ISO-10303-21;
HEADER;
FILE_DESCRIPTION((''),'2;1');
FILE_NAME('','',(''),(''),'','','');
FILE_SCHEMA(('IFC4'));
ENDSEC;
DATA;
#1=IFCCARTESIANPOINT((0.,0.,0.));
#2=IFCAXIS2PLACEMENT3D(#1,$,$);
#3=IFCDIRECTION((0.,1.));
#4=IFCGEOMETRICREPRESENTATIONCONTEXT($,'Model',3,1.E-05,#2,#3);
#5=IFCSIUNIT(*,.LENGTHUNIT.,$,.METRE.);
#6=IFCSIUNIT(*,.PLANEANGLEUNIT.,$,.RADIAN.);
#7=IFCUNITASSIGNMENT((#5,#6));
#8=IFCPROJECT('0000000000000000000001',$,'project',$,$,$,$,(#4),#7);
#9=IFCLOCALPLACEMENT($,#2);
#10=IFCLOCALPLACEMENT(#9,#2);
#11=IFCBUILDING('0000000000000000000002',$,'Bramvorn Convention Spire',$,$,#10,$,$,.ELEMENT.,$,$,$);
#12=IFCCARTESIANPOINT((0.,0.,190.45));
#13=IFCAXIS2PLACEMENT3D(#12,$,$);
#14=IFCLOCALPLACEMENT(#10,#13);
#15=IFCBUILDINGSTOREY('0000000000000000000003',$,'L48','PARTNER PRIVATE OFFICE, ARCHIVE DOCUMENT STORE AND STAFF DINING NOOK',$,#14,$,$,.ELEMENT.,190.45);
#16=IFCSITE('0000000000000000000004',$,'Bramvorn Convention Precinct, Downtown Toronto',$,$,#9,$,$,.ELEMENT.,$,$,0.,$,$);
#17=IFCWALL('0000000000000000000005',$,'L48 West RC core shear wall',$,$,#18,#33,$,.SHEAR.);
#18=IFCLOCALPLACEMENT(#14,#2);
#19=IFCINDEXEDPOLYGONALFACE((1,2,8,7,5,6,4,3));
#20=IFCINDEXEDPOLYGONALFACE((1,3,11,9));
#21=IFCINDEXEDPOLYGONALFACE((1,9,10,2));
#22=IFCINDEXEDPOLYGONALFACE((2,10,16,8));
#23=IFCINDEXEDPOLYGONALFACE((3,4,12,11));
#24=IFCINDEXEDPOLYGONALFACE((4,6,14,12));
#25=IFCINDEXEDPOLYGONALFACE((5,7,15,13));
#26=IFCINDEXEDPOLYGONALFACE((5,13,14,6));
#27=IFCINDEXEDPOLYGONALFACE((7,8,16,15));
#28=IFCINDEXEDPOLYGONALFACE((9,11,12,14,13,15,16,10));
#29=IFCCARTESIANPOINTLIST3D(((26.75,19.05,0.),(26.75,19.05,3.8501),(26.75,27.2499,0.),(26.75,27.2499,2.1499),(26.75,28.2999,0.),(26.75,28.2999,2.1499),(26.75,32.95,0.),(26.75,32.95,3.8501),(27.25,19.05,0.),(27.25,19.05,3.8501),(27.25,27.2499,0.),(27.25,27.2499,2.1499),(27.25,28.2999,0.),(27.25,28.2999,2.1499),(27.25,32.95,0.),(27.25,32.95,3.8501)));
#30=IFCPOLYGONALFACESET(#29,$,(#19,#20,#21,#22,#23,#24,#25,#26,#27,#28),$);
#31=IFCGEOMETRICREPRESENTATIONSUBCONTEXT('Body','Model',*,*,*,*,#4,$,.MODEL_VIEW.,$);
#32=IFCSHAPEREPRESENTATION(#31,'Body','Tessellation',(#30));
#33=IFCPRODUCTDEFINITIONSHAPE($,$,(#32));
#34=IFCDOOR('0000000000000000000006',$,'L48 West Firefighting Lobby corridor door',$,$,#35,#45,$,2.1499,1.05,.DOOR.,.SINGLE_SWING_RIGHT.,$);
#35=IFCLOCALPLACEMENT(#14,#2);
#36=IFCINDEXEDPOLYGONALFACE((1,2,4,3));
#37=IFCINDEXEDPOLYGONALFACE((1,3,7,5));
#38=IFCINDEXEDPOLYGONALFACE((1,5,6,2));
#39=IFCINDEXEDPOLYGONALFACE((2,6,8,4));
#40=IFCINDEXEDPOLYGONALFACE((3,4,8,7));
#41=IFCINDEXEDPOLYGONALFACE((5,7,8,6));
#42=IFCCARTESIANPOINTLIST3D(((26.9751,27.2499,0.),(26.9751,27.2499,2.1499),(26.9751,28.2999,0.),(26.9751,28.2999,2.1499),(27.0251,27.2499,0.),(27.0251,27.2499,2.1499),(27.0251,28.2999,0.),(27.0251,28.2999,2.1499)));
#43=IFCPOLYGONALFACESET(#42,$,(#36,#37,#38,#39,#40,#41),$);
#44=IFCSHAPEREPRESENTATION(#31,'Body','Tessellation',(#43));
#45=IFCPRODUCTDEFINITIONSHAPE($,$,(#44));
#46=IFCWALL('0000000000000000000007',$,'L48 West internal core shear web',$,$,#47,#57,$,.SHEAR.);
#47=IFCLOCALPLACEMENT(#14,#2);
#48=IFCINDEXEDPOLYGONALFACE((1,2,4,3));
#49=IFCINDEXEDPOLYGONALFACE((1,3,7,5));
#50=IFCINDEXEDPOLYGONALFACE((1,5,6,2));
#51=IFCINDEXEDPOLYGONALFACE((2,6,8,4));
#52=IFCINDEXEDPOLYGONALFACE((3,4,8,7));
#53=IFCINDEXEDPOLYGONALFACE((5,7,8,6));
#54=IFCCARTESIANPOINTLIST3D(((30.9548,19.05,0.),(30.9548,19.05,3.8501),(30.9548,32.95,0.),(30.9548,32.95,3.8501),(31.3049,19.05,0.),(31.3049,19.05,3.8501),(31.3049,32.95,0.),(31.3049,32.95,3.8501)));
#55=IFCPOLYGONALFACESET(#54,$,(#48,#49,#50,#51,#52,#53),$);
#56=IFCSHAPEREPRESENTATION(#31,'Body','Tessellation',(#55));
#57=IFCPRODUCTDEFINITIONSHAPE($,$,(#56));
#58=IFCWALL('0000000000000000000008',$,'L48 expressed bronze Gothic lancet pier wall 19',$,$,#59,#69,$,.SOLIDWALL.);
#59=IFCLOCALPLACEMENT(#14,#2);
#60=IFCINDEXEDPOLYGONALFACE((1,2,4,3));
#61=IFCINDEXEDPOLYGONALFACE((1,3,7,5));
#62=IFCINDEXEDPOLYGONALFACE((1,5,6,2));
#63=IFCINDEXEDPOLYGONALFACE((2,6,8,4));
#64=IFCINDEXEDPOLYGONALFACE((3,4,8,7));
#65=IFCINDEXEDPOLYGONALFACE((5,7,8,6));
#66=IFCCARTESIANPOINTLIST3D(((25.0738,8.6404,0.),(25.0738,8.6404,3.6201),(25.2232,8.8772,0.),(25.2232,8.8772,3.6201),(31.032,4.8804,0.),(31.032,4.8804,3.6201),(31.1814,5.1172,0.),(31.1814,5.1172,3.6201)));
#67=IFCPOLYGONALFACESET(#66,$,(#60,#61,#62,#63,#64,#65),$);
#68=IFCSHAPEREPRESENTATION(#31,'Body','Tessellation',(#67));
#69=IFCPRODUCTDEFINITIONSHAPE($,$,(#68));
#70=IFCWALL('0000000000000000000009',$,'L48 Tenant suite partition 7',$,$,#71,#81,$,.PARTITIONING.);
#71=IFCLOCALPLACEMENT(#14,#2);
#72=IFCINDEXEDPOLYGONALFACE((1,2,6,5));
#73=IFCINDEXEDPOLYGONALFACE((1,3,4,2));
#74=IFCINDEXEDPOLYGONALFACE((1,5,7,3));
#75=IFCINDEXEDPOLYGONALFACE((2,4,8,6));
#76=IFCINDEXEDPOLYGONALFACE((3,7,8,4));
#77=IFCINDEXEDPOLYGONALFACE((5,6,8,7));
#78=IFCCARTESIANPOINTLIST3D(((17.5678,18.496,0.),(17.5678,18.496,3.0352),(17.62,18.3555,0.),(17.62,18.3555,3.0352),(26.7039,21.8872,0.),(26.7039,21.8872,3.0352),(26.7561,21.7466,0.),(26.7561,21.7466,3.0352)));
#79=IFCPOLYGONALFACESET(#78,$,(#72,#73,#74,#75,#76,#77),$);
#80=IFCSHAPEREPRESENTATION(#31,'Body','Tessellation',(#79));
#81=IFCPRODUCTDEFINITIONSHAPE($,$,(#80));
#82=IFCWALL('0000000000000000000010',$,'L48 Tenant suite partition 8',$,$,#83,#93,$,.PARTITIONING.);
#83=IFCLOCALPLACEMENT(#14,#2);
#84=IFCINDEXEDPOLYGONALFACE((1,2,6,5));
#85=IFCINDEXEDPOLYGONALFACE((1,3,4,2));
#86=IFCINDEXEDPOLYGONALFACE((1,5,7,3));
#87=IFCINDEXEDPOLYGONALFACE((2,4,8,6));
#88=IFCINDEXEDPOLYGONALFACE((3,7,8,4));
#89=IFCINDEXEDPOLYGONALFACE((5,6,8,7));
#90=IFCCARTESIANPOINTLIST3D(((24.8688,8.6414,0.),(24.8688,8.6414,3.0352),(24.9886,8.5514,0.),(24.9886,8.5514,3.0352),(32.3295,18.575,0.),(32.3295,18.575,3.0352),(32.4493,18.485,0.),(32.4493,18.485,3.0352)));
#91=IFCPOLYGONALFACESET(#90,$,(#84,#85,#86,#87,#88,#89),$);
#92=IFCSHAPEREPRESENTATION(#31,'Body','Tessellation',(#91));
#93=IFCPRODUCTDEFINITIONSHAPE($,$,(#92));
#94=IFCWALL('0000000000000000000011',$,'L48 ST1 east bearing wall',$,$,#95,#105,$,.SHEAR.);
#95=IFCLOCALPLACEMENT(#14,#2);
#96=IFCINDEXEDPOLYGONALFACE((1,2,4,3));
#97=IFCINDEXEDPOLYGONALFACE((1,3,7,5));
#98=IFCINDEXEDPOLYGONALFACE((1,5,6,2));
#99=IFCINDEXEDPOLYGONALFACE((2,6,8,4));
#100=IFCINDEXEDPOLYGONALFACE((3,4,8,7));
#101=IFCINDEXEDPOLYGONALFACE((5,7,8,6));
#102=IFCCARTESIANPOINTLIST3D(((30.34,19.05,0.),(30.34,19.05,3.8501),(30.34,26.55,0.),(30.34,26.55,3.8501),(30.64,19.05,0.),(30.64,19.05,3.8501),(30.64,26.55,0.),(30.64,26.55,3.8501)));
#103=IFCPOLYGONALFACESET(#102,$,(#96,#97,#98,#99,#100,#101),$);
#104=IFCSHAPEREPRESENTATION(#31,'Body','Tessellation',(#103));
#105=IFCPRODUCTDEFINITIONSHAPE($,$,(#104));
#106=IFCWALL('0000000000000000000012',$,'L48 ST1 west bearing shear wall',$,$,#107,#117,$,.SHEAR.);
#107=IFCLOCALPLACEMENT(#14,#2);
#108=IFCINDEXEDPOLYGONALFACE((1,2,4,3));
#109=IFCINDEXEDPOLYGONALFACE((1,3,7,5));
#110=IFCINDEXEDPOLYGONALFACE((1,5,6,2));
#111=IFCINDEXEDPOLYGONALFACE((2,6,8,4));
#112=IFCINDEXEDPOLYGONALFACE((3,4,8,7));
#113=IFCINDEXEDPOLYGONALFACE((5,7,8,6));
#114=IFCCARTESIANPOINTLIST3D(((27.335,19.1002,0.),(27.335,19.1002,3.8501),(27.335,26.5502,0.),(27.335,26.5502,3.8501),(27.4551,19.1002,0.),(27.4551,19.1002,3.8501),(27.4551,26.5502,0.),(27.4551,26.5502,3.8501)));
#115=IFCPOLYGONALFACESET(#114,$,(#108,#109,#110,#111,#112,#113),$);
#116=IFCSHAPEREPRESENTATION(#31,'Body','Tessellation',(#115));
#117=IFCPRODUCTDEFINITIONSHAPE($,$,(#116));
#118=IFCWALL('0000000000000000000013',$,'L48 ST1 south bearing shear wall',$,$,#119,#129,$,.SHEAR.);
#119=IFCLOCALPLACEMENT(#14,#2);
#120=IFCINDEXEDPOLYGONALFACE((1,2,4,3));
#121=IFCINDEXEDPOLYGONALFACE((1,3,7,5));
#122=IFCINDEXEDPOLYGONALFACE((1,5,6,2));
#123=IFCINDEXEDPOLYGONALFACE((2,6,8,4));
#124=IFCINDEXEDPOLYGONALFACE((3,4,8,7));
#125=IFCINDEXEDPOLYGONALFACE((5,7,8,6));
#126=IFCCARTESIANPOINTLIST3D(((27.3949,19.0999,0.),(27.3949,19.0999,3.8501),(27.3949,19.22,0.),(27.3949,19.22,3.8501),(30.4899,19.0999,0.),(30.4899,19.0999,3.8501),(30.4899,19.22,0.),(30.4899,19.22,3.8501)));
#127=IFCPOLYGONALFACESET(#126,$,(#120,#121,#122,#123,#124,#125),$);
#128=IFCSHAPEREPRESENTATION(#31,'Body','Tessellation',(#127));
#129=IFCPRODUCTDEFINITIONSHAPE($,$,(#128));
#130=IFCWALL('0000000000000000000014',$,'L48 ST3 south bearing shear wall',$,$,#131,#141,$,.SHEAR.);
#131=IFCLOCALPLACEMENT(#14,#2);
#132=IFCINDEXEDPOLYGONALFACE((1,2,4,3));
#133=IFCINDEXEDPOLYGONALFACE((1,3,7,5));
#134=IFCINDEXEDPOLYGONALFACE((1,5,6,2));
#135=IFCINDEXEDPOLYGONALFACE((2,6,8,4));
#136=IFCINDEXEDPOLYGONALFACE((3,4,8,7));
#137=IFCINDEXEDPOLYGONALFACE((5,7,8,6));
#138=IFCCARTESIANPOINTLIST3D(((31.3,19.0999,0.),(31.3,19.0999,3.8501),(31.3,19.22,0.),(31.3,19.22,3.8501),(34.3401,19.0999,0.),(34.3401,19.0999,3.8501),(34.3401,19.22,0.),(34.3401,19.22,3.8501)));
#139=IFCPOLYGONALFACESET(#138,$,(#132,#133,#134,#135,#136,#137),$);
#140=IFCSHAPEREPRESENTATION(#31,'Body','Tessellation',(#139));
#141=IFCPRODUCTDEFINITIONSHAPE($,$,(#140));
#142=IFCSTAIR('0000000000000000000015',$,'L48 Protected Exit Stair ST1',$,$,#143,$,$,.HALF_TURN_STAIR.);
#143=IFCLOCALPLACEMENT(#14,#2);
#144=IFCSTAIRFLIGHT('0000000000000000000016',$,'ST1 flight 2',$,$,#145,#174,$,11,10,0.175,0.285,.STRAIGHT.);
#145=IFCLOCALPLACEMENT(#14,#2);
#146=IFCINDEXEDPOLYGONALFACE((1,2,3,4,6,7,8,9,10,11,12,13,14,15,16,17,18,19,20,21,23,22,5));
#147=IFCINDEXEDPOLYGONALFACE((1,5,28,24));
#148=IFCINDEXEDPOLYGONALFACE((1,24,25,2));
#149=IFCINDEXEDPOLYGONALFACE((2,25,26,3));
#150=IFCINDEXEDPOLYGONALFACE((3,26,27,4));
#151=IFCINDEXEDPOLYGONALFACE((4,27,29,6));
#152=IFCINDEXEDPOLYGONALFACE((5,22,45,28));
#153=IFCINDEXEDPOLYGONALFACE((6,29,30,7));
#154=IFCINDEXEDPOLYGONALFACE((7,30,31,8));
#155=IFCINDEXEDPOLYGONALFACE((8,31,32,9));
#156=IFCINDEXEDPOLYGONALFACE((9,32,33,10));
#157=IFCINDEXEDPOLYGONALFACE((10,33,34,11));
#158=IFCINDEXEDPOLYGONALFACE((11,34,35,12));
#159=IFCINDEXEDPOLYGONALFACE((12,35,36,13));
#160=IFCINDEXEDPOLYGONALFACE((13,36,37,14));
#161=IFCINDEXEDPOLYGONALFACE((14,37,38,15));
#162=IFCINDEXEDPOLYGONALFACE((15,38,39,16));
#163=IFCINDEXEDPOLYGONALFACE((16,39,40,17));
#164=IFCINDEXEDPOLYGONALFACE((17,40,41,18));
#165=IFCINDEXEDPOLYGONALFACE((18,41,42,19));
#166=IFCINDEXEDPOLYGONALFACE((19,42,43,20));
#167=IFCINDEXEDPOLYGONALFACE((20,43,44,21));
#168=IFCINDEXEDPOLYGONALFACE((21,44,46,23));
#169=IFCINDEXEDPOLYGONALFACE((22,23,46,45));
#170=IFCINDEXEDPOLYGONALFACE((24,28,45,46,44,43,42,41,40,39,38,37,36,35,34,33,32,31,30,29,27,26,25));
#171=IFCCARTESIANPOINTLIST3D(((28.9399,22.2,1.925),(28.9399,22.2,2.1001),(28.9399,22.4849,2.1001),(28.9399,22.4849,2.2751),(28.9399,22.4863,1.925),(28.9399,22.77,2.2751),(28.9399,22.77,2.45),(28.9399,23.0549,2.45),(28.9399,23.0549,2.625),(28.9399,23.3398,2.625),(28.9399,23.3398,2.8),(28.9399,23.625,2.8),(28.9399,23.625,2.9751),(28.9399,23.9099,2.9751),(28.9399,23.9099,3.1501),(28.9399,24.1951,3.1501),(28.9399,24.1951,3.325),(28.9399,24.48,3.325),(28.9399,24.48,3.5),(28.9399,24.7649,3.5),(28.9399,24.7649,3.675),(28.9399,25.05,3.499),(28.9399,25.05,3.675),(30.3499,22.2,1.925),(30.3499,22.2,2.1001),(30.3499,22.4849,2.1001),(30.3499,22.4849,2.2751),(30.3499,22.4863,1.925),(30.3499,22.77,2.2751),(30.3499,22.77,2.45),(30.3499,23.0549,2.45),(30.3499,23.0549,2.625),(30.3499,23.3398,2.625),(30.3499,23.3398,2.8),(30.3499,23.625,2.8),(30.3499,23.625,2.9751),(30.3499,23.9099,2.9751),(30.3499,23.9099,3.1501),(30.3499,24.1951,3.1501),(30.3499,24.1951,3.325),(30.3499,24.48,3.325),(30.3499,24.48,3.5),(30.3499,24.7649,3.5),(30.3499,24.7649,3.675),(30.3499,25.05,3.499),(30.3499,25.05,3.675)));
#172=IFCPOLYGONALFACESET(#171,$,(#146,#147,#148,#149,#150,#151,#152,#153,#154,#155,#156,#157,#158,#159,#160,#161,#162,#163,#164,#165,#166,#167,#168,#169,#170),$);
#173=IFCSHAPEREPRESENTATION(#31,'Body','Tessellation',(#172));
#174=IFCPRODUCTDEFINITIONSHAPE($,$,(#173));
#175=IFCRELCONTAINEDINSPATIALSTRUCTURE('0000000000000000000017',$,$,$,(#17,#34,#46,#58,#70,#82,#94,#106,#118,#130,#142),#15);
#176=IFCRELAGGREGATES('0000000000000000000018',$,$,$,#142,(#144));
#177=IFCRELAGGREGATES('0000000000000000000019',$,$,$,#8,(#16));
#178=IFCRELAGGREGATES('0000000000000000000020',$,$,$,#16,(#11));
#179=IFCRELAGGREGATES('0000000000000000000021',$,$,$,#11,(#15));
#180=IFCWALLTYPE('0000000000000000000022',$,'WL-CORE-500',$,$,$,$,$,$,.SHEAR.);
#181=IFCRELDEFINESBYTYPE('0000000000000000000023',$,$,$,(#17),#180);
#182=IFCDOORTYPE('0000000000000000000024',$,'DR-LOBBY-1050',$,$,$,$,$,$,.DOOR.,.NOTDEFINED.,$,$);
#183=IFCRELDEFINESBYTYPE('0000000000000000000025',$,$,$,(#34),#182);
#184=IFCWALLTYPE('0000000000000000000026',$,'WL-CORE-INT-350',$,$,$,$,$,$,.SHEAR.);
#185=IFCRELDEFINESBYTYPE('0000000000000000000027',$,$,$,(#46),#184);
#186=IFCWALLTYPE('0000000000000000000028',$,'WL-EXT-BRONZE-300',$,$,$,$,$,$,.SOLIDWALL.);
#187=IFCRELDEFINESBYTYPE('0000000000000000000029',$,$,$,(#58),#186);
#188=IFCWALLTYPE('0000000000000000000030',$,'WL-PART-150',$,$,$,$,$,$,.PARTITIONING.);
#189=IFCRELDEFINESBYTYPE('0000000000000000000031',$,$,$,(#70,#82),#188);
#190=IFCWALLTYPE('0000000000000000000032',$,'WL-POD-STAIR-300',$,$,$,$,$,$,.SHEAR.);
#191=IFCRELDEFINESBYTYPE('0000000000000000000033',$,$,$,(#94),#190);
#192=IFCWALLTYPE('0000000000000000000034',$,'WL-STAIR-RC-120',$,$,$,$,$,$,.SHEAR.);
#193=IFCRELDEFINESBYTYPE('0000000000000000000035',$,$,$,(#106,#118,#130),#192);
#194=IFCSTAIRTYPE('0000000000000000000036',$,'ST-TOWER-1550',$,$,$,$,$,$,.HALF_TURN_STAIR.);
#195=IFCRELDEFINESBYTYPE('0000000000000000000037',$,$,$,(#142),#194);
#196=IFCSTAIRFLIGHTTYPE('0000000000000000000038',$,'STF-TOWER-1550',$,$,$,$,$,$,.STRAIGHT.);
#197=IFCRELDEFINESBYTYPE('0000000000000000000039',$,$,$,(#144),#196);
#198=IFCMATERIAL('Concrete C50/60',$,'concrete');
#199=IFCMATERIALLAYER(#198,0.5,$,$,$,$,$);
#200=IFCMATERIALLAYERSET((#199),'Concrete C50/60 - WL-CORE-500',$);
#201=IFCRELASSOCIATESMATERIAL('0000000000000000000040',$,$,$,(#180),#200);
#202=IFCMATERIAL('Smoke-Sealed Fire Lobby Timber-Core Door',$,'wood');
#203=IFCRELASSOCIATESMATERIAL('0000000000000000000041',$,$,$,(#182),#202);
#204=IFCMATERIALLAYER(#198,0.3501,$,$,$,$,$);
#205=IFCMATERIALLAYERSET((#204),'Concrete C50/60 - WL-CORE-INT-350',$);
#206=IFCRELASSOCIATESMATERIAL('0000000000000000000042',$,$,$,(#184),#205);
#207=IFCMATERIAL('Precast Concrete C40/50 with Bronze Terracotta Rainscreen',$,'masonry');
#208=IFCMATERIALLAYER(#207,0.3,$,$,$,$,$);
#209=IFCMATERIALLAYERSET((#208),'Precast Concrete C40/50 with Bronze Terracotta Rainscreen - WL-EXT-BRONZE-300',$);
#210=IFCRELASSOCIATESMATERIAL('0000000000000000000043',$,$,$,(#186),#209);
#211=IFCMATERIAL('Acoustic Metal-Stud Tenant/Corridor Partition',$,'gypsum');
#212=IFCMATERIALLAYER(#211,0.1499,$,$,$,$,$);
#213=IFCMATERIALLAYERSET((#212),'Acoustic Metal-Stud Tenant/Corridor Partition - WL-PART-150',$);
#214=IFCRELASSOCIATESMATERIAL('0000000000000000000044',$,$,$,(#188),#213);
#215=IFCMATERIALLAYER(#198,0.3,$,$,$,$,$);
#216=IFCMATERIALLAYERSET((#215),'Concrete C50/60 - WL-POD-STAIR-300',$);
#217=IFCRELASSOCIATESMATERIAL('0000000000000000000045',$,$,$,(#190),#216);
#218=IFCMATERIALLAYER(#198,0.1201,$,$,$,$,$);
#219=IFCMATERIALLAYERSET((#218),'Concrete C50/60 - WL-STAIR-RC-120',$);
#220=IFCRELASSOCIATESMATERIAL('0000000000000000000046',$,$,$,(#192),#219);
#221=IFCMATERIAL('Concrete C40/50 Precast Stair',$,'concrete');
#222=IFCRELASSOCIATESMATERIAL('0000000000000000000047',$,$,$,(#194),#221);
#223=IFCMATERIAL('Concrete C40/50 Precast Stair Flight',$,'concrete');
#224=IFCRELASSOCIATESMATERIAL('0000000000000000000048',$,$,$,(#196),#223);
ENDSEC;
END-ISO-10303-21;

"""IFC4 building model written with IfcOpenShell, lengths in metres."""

from ifc_helpers import new_model, si_unit, direction, frame, frame_2d, origin, place, context, subcontext, project, spatial, polyline, rectangle, outline, extrude, material, layer, layer_set, type_object, element, fill, aggregate, save


model = new_model("IFC4")

# Units and contexts
model_context = context("Model", 3, precision=1e-05, world=origin(), true_north=direction((0.0, 1.0)))
body_context = subcontext(model_context, "Body", "Model", "MODEL_VIEW")
ifc_project = project(units=[si_unit("LENGTHUNIT", "METRE"), si_unit("PLANEANGLEUNIT", "RADIAN")], contexts=[model_context])

# Site, building, storey
site_placement = place(None, origin())
site = spatial("IfcSite", under=ifc_project, at=site_placement, Name="Bramvorn Convention Precinct, Downtown Toronto", CompositionType="ELEMENT", RefElevation=0.0)
building_placement = place(site_placement, origin())
building = spatial("IfcBuilding", under=site, at=building_placement, Name="Bramvorn Convention Spire", CompositionType="ELEMENT")
storey_placement = place(building_placement, frame((0.0, 0.0, 190.45)))
storey = spatial("IfcBuildingStorey", under=building, at=storey_placement, Name="L48", Description="PARTNER PRIVATE OFFICE, ARCHIVE DOCUMENT STORE AND STAFF DINING NOOK", CompositionType="ELEMENT", Elevation=190.45)

# Wall, opening, door
ifc_material_1 = material(Name="Concrete C50/60", Category="concrete")
ifc_layer_1 = layer(ifc_material_1, 0.5)
ifc_layer_set_1 = layer_set([ifc_layer_1], Name="Concrete C50/60 - WL-CORE-500")
wall_type_1 = type_object("IfcWallType", Name="WL-CORE-500", PredefinedType="SHEAR", material=ifc_layer_set_1)
ifc_material_2 = material(Name="Smoke-Sealed Fire Lobby Timber-Core Door", Category="wood")
door_type = type_object("IfcDoorType", Name="DR-LOBBY-1050", OperationType="NOTDEFINED", PredefinedType="DOOR", material=ifc_material_2)
wall_1_placement = place(storey_placement, frame((27.0, 19.05, 0.0), z_axis=(0.0, 0.0, 1.0), x_axis=(0.0, 1.0, 0.0)))
wall_1 = element("IfcWall", 1, at=wall_1_placement, inside=storey, type_object=wall_type_1, Name="L48 West RC core shear wall", PredefinedType="SHEAR", context=body_context, shape_type="SweptSolid", body=[
    extrude(rectangle(XDim=13.8999, YDim=0.5, at=frame_2d((6.95, 0.0))), origin(), (0.0, 0.0, 1.0), 3.8501),
])
opening_1_placement = place(wall_1_placement, frame((8.2, 0.0, 0.0)))
opening_1 = element("IfcOpeningElement", 2, at=opening_1_placement, cuts=wall_1, PredefinedType="OPENING", context=body_context, shape_type="SweptSolid", body=[
    extrude(rectangle(XDim=1.05, YDim=2.1499, at=frame_2d((0.5249, 1.075))), frame((0.0, 0.26, 0.0), z_axis=(0.0, -1.0, 0.0), x_axis=(1.0, 0.0, 0.0)), (0.0, 0.0, 1.0), 0.52),
])
door_1_placement = place(opening_1_placement, origin())
door_1 = element("IfcDoor", 3, at=door_1_placement, inside=storey, type_object=door_type, Name="L48 West Firefighting Lobby corridor door", OperationType="SINGLE_SWING_RIGHT", OverallHeight=2.1499, OverallWidth=1.05, PredefinedType="DOOR", context=body_context, shape_type="SweptSolid", body=[
    extrude(rectangle(XDim=1.05, YDim=2.1499, at=frame_2d((0.5249, 1.075))), frame((0.0, 0.0249, 0.0), z_axis=(0.0, -1.0, 0.0), x_axis=(1.0, 0.0, 0.0)), (0.0, 0.0, 1.0), 0.05),
])
fill(opening_1, door_1)

# Walls
ifc_layer_2 = layer(ifc_material_1, 0.3501)
ifc_layer_set_2 = layer_set([ifc_layer_2], Name="Concrete C50/60 - WL-CORE-INT-350")
wall_type_2 = type_object("IfcWallType", Name="WL-CORE-INT-350", PredefinedType="SHEAR", material=ifc_layer_set_2)
wall_2_placement = place(storey_placement, frame((31.1299, 19.05, 0.0), z_axis=(0.0, 0.0, 1.0), x_axis=(0.0, 1.0, 0.0)))
element("IfcWall", 4, at=wall_2_placement, inside=storey, type_object=wall_type_2, Name="L48 West internal core shear web", PredefinedType="SHEAR", context=body_context, shape_type="SweptSolid", body=[
    extrude(rectangle(XDim=13.8999, YDim=0.3501, at=frame_2d((6.95, 0.0))), origin(), (0.0, 0.0, 1.0), 3.8501),
])
ifc_material_3 = material(Name="Precast Concrete C40/50 with Bronze Terracotta Rainscreen", Category="masonry")
ifc_layer_3 = layer(ifc_material_3, 0.3)
ifc_layer_set_3 = layer_set([ifc_layer_3], Name="Precast Concrete C40/50 with Bronze Terracotta Rainscreen - WL-EXT-BRONZE-300")
wall_type_3 = type_object("IfcWallType", Name="WL-EXT-BRONZE-300", PredefinedType="SOLIDWALL", material=ifc_layer_set_3)
wall_3_placement = place(storey_placement, frame((31.1067, 4.9988, 0.0), z_axis=(0.0, 0.0, 1.0), x_axis=(-0.845687, 0.533679, 0.0)))
element("IfcWall", 5, at=wall_3_placement, inside=storey, type_object=wall_type_3, Name="L48 expressed bronze Gothic lancet pier wall 19", PredefinedType="SOLIDWALL", context=body_context, shape_type="SweptSolid", body=[
    extrude(rectangle(XDim=7.0454, YDim=0.28, at=frame_2d((3.5227, 0.0))), origin(), (0.0, 0.0, 1.0), 3.6201),
])
ifc_material_4 = material(Name="Acoustic Metal-Stud Tenant/Corridor Partition", Category="gypsum")
ifc_layer_4 = layer(ifc_material_4, 0.1499)
ifc_layer_set_4 = layer_set([ifc_layer_4], Name="Acoustic Metal-Stud Tenant/Corridor Partition - WL-PART-150")
wall_type_4 = type_object("IfcWallType", Name="WL-PART-150", PredefinedType="PARTITIONING", material=ifc_layer_set_4)
wall_4_placement = place(storey_placement, frame((26.73, 21.8169, 0.0), z_axis=(0.0, 0.0, 1.0), x_axis=(-0.937501, -0.347983, 0.0)))
element("IfcWall", 6, at=wall_4_placement, inside=storey, type_object=wall_type_4, Name="L48 Tenant suite partition 7", PredefinedType="PARTITIONING", context=body_context, shape_type="SweptSolid", body=[
    extrude(rectangle(XDim=9.7451, YDim=0.1499, at=frame_2d((4.8726, 0.0))), origin(), (0.0, 0.0, 1.0), 3.0352),
])
wall_5_placement = place(storey_placement, frame((32.3894, 18.53, 0.0), z_axis=(0.0, 0.0, 1.0), x_axis=(-0.600541, -0.799594, 0.0)))
element("IfcWall", 7, at=wall_5_placement, inside=storey, type_object=wall_type_4, Name="L48 Tenant suite partition 8", PredefinedType="PARTITIONING", context=body_context, shape_type="SweptSolid", body=[
    extrude(rectangle(XDim=12.4233, YDim=0.1499, at=frame_2d((6.2117, 0.0))), origin(), (0.0, 0.0, 1.0), 3.0352),
])
ifc_layer_5 = layer(ifc_material_1, 0.3)
ifc_layer_set_5 = layer_set([ifc_layer_5], Name="Concrete C50/60 - WL-POD-STAIR-300")
wall_type_5 = type_object("IfcWallType", Name="WL-POD-STAIR-300", PredefinedType="SHEAR", material=ifc_layer_set_5)
wall_6_placement = place(storey_placement, frame((30.49, 19.05, 0.0), z_axis=(0.0, 0.0, 1.0), x_axis=(0.0, 1.0, 0.0)))
element("IfcWall", 8, at=wall_6_placement, inside=storey, type_object=wall_type_5, Name="L48 ST1 east bearing wall", PredefinedType="SHEAR", context=body_context, shape_type="SweptSolid", body=[
    extrude(rectangle(XDim=7.5, YDim=0.3, at=frame_2d((3.75, 0.0))), origin(), (0.0, 0.0, 1.0), 3.8501),
])
ifc_layer_6 = layer(ifc_material_1, 0.1201)
ifc_layer_set_6 = layer_set([ifc_layer_6], Name="Concrete C50/60 - WL-STAIR-RC-120")
wall_type_6 = type_object("IfcWallType", Name="WL-STAIR-RC-120", PredefinedType="SHEAR", material=ifc_layer_set_6)
wall_7_placement = place(storey_placement, frame((27.395, 19.1001, 0.0), z_axis=(0.0, 0.0, 1.0), x_axis=(0.0, 1.0, 0.0)))
element("IfcWall", 9, at=wall_7_placement, inside=storey, type_object=wall_type_6, Name="L48 ST1 west bearing shear wall", PredefinedType="SHEAR", context=body_context, shape_type="SweptSolid", body=[
    extrude(rectangle(XDim=7.45, YDim=0.1201, at=frame_2d((3.7251, 0.0))), origin(), (0.0, 0.0, 1.0), 3.8501),
])
wall_8_placement = place(storey_placement, frame((27.395, 19.1599, 0.0), z_axis=(0.0, 0.0, 1.0), x_axis=(1.0, 0.0, 0.0)))
element("IfcWall", 10, at=wall_8_placement, inside=storey, type_object=wall_type_6, Name="L48 ST1 south bearing shear wall", PredefinedType="SHEAR", context=body_context, shape_type="SweptSolid", body=[
    extrude(rectangle(XDim=3.095, YDim=0.1201, at=frame_2d((1.5474, 0.0))), origin(), (0.0, 0.0, 1.0), 3.8501),
])
wall_9_placement = place(storey_placement, frame((31.3, 19.1599, 0.0), z_axis=(0.0, 0.0, 1.0), x_axis=(1.0, 0.0, 0.0)))
element("IfcWall", 11, at=wall_9_placement, inside=storey, type_object=wall_type_6, Name="L48 ST3 south bearing shear wall", PredefinedType="SHEAR", context=body_context, shape_type="SweptSolid", body=[
    extrude(rectangle(XDim=3.04, YDim=0.1201, at=frame_2d((1.52, 0.0))), origin(), (0.0, 0.0, 1.0), 3.8501),
])

# Stair, stair flight
ifc_material_5 = material(Name="Concrete C40/50 Precast Stair", Category="concrete")
stair_type = type_object("IfcStairType", Name="ST-TOWER-1550", PredefinedType="HALF_TURN_STAIR", material=ifc_material_5)
stair_1_placement = place(storey_placement, origin())
stair_1 = element("IfcStair", 12, at=stair_1_placement, inside=storey, type_object=stair_type, Name="L48 Protected Exit Stair ST1", PredefinedType="HALF_TURN_STAIR")
ifc_material_6 = material(Name="Concrete C40/50 Precast Stair Flight", Category="concrete")
stair_flight_type = type_object("IfcStairFlightType", Name="STF-TOWER-1550", PredefinedType="STRAIGHT", material=ifc_material_6)
stair_flight_1_placement = place(storey_placement, frame((29.645, 22.2, 1.925), z_axis=(0.0, 0.0, 1.0), x_axis=(0.0, 1.0, 0.0)))
stair_flight_1 = element("IfcStairFlight", 13, at=stair_flight_1_placement, type_object=stair_flight_type, Name="ST1 flight 2", NumberOfRisers=11, NumberOfTreads=10, PredefinedType="STRAIGHT", RiserHeight=0.175, TreadLength=0.285, context=body_context, shape_type="SweptSolid", body=[
    extrude(outline(polyline([(0.0, 0.0), (0.0, 0.175), (0.2849, 0.175), (0.2849, 0.3501), (0.5701, 0.3501), (0.5701, 0.5249), (0.855, 0.5249), (0.855, 0.7), (1.1399, 0.7), (1.1399, 0.875), (1.425, 0.875), (1.425, 1.05), (1.71, 1.05), (1.71, 1.2251), (1.9951, 1.2251), (1.9951, 1.3999), (2.28, 1.3999), (2.28, 1.575), (2.5649, 1.575), (2.5649, 1.75), (2.8501, 1.75), (2.8501, 1.925), (2.8501, 1.574), (0.2864, 0.0), (0.0, 0.0)])), frame((0.0, 0.7051, 0.0), z_axis=(0.0, -1.0, 0.0), x_axis=(1.0, 0.0, 0.0)), (0.0, 0.0, 1.0), 1.4099),
])
aggregate(stair_1, [stair_flight_1])

save(model, "model.ifc")
